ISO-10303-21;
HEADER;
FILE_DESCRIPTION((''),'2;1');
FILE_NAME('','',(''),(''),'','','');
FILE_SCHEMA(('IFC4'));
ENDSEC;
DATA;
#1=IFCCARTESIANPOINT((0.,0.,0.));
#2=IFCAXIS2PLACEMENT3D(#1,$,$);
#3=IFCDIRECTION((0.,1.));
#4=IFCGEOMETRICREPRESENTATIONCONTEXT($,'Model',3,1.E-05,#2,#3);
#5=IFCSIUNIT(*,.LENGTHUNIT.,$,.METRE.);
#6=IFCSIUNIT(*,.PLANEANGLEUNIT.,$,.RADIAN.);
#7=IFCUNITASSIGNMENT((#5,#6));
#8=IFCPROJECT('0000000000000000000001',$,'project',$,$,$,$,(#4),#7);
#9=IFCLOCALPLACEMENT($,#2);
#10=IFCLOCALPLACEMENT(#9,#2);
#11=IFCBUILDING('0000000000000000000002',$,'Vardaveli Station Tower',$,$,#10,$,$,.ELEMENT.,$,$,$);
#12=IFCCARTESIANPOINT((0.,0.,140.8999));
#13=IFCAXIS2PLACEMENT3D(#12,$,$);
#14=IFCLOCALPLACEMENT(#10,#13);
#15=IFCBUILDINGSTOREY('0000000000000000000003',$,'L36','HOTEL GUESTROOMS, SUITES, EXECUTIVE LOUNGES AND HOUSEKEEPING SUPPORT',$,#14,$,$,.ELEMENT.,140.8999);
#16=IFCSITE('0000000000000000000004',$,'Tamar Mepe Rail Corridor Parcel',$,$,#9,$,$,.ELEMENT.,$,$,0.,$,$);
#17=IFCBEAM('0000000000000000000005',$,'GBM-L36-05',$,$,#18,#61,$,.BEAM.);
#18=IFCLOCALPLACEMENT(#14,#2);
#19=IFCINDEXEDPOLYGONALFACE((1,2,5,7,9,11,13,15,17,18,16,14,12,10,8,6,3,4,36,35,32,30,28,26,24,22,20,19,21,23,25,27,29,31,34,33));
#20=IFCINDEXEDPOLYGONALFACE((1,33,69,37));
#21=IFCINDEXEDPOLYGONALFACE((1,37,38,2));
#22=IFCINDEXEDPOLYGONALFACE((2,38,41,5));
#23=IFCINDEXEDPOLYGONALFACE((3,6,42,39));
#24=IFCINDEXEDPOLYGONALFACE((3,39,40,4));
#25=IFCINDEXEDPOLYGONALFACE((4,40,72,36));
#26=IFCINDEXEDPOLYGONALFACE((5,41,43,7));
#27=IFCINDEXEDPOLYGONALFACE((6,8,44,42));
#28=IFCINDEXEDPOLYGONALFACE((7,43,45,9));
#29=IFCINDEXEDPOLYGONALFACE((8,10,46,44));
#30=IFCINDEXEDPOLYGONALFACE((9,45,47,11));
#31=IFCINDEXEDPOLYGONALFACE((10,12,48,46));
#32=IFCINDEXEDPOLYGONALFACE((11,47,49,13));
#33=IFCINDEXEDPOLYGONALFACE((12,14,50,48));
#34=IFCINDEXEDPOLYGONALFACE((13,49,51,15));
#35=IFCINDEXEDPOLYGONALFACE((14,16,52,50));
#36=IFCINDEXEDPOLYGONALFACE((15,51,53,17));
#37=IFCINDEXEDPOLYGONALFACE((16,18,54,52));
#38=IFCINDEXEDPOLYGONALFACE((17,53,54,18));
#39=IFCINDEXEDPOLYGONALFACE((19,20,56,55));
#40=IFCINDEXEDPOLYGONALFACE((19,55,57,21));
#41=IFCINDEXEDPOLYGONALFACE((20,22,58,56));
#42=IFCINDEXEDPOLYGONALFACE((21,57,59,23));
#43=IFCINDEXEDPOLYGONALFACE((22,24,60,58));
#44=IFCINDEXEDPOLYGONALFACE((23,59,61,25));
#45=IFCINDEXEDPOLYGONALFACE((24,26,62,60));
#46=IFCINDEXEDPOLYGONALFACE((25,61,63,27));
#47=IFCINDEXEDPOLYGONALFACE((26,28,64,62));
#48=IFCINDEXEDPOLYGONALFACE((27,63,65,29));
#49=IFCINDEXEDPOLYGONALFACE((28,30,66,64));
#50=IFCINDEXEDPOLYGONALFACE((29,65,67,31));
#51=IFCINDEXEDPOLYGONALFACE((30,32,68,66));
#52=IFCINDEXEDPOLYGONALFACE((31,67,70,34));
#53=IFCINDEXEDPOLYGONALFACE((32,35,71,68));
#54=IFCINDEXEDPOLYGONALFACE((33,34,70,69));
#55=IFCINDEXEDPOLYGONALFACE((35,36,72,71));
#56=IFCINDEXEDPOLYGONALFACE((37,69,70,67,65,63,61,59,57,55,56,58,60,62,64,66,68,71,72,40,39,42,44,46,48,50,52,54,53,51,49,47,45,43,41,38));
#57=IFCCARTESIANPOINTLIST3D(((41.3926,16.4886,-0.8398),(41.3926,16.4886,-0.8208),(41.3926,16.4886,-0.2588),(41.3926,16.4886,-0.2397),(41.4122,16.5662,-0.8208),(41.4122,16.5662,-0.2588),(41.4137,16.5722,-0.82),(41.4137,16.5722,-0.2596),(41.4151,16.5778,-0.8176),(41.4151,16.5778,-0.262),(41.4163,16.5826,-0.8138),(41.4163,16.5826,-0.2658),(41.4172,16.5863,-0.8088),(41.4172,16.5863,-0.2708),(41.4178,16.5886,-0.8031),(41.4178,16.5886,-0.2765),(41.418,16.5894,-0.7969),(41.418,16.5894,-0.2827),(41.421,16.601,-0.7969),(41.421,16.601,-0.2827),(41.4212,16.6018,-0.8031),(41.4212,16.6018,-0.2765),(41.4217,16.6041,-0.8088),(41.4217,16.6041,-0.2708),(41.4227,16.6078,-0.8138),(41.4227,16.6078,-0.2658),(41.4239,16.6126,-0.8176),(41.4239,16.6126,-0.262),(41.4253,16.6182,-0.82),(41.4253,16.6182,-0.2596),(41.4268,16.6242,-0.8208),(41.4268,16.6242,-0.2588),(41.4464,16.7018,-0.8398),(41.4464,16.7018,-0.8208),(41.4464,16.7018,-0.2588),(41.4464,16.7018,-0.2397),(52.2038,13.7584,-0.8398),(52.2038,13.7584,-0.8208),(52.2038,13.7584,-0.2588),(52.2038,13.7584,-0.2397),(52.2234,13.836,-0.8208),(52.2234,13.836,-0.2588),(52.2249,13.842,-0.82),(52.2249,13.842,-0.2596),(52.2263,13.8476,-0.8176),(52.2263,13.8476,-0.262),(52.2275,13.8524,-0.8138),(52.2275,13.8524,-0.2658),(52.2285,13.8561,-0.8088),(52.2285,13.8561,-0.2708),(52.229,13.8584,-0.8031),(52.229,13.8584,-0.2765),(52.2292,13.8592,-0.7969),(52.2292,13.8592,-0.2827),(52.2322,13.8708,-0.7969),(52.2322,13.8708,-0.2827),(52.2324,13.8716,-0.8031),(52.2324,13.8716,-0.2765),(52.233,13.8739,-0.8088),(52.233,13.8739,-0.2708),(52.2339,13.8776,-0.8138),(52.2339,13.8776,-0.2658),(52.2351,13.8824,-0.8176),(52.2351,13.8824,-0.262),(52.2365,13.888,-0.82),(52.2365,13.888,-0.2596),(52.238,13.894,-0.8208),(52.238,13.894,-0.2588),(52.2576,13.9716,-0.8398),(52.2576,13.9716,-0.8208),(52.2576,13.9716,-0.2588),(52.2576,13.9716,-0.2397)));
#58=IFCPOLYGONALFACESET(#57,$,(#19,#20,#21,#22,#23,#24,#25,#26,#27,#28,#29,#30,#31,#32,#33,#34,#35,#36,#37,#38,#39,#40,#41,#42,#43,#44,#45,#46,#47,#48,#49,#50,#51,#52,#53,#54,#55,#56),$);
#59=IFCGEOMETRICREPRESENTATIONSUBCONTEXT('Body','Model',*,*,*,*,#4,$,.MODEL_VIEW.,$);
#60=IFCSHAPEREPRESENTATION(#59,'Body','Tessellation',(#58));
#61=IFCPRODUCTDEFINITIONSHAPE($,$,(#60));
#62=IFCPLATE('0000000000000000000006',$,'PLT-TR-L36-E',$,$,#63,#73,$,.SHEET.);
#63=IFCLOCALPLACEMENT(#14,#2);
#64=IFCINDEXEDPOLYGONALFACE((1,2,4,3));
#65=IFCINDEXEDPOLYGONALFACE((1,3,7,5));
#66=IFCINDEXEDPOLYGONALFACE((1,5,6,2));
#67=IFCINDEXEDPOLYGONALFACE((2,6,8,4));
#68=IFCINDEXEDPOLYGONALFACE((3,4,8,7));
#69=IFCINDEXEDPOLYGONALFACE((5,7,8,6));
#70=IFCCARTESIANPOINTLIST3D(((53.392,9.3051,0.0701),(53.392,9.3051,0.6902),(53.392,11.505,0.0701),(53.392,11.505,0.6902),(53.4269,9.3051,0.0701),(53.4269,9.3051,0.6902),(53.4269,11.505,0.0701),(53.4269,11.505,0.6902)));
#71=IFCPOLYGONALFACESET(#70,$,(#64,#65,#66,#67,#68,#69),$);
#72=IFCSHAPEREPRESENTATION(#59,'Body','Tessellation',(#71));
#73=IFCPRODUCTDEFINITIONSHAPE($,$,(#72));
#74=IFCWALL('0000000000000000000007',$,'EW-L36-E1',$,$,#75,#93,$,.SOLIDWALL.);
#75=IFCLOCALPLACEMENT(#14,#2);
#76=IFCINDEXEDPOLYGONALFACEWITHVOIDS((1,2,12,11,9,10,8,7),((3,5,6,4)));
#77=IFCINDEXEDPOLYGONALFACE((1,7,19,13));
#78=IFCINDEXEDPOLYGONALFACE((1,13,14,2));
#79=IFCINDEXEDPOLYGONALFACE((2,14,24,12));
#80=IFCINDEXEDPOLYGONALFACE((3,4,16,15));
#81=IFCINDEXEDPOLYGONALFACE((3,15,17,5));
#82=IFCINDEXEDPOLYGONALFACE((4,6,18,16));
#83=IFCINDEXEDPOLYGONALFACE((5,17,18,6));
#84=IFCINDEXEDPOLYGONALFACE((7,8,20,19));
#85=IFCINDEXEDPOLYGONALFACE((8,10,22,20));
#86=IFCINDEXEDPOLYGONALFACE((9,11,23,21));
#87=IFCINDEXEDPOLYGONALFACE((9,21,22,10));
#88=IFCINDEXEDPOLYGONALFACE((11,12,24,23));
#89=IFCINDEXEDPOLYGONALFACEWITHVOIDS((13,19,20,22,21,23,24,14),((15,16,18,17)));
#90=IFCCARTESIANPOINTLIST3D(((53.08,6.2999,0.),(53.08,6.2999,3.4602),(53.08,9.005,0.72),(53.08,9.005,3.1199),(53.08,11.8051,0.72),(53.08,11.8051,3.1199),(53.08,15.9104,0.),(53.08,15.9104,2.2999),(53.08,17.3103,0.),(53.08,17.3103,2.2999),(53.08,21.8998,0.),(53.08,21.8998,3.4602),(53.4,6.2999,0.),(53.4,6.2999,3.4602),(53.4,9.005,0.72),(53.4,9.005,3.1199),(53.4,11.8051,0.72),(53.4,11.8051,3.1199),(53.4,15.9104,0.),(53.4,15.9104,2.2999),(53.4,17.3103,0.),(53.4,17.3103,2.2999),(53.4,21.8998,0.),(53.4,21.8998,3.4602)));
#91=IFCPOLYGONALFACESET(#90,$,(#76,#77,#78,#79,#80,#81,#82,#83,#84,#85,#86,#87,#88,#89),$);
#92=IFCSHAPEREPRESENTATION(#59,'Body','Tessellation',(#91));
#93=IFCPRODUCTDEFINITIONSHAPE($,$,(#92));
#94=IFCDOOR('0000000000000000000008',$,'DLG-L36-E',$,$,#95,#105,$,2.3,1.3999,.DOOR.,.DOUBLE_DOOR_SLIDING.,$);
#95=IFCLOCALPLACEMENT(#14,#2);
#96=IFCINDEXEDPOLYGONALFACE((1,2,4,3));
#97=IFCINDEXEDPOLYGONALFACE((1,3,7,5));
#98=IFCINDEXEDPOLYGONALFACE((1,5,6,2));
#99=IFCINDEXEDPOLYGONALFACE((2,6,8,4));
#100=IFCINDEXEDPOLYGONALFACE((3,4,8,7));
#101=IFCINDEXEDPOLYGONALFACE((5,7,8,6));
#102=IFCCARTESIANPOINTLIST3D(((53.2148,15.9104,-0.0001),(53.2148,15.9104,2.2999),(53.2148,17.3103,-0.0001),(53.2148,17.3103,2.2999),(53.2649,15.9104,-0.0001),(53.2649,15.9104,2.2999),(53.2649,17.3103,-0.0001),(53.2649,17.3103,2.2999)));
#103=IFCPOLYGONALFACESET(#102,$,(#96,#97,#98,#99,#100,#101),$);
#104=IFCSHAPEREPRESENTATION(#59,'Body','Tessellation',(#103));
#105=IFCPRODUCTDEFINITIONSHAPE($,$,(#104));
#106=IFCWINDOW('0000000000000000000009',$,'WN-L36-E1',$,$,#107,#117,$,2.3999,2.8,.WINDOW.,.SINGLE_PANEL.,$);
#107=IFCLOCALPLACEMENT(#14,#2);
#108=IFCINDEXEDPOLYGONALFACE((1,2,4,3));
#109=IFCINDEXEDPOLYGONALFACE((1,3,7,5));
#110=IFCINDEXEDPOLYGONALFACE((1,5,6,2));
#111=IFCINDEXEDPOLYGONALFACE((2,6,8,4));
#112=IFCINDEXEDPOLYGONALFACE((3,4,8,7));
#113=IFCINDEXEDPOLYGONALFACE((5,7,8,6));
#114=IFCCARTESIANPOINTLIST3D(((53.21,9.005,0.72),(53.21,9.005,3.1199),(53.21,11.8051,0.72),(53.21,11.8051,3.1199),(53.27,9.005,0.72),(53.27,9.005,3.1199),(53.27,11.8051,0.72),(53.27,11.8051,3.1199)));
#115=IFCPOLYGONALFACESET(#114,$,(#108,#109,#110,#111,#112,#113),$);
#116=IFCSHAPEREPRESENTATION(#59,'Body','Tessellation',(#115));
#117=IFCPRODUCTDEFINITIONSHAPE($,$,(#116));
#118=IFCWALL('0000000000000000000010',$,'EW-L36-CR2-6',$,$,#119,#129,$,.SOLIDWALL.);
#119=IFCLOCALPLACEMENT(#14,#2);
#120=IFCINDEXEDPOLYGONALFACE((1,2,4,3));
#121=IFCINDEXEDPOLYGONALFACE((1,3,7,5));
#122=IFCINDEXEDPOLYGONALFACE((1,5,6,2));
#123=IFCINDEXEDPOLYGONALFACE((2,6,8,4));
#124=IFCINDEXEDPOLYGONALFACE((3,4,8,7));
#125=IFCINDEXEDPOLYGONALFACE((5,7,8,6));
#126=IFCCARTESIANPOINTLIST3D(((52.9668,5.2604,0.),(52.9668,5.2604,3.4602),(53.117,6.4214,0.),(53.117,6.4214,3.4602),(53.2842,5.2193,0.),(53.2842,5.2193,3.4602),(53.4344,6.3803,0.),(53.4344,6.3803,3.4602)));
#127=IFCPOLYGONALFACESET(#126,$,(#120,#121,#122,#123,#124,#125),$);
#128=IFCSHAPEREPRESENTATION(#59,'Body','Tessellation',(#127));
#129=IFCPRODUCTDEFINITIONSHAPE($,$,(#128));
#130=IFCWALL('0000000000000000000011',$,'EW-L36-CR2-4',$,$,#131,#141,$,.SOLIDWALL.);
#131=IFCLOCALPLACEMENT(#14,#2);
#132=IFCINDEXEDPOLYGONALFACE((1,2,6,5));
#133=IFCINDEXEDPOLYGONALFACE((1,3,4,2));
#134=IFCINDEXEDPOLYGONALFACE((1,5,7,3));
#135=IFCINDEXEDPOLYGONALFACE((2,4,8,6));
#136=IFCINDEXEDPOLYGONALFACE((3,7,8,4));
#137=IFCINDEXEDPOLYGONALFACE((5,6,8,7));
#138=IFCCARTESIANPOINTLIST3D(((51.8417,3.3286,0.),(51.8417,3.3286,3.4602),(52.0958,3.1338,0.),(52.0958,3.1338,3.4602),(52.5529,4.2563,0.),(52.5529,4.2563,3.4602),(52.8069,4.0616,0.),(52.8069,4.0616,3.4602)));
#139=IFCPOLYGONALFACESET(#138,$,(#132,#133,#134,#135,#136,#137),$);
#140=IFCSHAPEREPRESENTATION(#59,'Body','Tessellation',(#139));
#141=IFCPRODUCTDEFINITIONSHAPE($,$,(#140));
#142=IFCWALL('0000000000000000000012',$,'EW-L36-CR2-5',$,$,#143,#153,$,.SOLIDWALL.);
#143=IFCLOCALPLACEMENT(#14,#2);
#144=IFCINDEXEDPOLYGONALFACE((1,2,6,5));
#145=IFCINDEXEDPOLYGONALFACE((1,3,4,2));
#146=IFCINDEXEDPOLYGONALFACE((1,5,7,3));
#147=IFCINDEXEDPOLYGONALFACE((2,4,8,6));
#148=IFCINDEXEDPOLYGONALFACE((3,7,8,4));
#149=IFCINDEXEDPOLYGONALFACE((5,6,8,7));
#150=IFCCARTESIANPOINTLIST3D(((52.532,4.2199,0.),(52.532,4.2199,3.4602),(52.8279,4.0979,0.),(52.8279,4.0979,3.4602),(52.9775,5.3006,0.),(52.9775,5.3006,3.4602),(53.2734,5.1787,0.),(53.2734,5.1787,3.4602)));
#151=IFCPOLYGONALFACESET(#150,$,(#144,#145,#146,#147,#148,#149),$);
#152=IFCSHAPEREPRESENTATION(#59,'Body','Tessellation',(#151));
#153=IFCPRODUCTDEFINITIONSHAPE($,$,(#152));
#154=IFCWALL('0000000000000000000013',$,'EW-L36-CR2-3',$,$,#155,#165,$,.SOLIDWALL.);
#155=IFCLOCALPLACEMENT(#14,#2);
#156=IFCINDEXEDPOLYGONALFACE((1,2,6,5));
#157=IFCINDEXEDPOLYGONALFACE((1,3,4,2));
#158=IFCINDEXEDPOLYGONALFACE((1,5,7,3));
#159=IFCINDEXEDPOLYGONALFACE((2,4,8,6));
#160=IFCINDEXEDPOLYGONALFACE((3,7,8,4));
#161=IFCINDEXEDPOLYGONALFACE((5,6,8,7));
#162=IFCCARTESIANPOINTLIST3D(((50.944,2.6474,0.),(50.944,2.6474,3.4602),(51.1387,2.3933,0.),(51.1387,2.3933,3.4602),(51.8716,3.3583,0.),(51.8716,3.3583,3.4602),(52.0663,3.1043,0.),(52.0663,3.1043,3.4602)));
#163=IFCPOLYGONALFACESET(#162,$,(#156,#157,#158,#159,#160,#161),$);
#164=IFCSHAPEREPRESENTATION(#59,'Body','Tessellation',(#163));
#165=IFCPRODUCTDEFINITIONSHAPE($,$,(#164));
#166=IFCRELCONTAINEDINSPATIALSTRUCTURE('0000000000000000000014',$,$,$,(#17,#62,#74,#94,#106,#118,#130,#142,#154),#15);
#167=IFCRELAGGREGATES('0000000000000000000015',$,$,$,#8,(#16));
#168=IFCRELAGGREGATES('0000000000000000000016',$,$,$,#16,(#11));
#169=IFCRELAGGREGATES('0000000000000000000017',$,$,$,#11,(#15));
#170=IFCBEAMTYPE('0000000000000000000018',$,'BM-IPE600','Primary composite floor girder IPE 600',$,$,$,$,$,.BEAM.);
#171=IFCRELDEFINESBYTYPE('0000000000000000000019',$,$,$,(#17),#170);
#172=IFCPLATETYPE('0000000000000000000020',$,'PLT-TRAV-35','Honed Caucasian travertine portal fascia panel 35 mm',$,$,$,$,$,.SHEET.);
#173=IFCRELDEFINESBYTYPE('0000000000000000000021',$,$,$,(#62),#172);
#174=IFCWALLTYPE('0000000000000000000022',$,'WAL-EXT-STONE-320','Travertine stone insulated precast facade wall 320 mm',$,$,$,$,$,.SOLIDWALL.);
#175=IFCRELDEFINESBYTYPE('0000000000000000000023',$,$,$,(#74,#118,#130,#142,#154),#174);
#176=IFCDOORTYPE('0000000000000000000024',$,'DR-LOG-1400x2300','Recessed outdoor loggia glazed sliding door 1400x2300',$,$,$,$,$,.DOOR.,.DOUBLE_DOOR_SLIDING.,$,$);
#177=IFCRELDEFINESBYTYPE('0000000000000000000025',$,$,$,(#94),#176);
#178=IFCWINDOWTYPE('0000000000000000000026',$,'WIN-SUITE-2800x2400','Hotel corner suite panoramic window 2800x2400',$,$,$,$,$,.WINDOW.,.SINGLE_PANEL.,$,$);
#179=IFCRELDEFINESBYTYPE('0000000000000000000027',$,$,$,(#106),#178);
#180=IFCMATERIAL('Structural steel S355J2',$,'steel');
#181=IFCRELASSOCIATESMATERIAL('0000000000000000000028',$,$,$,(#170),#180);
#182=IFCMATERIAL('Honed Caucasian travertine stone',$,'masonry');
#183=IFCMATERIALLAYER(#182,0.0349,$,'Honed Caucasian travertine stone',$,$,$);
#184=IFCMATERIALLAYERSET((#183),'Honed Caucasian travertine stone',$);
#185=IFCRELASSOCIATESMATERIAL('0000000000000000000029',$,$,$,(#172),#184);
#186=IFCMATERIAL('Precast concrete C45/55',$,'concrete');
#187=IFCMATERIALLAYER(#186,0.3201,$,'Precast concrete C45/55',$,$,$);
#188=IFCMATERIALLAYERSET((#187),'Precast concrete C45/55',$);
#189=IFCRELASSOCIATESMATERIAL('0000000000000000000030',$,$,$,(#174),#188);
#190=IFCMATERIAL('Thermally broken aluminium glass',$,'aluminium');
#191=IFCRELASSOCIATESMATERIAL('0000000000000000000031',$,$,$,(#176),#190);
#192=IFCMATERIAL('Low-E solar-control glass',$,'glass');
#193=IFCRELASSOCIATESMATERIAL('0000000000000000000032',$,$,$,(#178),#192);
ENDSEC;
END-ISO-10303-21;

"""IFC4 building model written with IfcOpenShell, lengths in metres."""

from ifc_helpers import new_model, si_unit, direction, frame, frame_2d, origin, origin_2d, place, context, subcontext, project, spatial, rectangle, i_section, extrude, source, transform, mapped, material, layer, layer_set, material_profile, profile_set, type_object, element, fill, save


model = new_model("IFC4")

# Units and contexts
model_context = context("Model", 3, precision=1e-05, world=origin(), true_north=direction((0.0, 1.0)))
body_context = subcontext(model_context, "Body", "Model", "MODEL_VIEW")
ifc_project = project(units=[si_unit("LENGTHUNIT", "METRE"), si_unit("PLANEANGLEUNIT", "RADIAN")], contexts=[model_context])

# Site, building, storey
site_placement = place(None, origin())
site = spatial("IfcSite", under=ifc_project, at=site_placement, Name="Tamar Mepe Rail Corridor Parcel", CompositionType="ELEMENT", RefElevation=0.0)
building_placement = place(site_placement, origin())
building = spatial("IfcBuilding", under=site, at=building_placement, Name="Vardaveli Station Tower", CompositionType="ELEMENT")
storey_placement = place(building_placement, frame((0.0, 0.0, 140.8999)))
storey = spatial("IfcBuildingStorey", under=building, at=storey_placement, Name="L36", Description="HOTEL GUESTROOMS, SUITES, EXECUTIVE LOUNGES AND HOUSEKEEPING SUPPORT", CompositionType="ELEMENT", Elevation=140.8999)

# Beam
ifc_material_1 = material(Name="Precast concrete C45/55", Category="concrete")
ifc_material_2 = material(Name="Structural steel S355J2", Category="steel")
ifc_material_profile_1 = material_profile(ifc_material_2, i_section(OverallWidth=0.22, OverallDepth=0.6001, WebThickness=0.012, FlangeThickness=0.019, FilletRadius=0.0239, at=origin_2d()), Name="IPE 600")
ifc_profile_set_1 = profile_set([ifc_material_profile_1], Name="Structural steel S355J2")
beam_type_1 = type_object("IfcBeamType", Name="BM-IPE600", Description="Primary composite floor girder IPE 600", PredefinedType="BEAM", material=ifc_profile_set_1)
shared_shape_1 = source(origin(), body_context, "Body", "SweptSolid", [
    extrude(i_section(OverallWidth=0.22, OverallDepth=0.6001, WebThickness=0.012, FlangeThickness=0.019, FilletRadius=0.0239, at=origin_2d()), origin(), (0.0, 0.0, 1.0), 11.1506),
])
beam_1_placement = place(storey_placement, frame((52.2307, 13.865, -0.5398), z_axis=(-0.969561, 0.244848, 0.0), x_axis=(-0.244848, -0.969561, 0.0)))
element("IfcBeam", 1, at=beam_1_placement, inside=storey, type_object=beam_type_1, Name="GBM-L36-05", PredefinedType="BEAM", context=body_context, shape_type="MappedRepresentation", body=[
    mapped(shared_shape_1, transform((0.0, 0.0, 0.0), scale=1.0)),
])

# Plate
ifc_material_3 = material(Name="Honed Caucasian travertine stone", Category="masonry")
ifc_layer_1 = layer(ifc_material_3, 0.0349, Name="Honed Caucasian travertine stone")
ifc_layer_set_1 = layer_set([ifc_layer_1], Name="Honed Caucasian travertine stone")
plate_type = type_object("IfcPlateType", Name="PLT-TRAV-35", Description="Honed Caucasian travertine portal fascia panel 35 mm", PredefinedType="SHEET", material=ifc_layer_set_1)
shared_shape_2 = source(origin(), body_context, "Body", "SweptSolid", [
    extrude(rectangle(XDim=2.2, YDim=0.0349, at=origin_2d()), origin(), (0.0, 0.0, 1.0), 0.6201),
])
plate_placement = place(storey_placement, frame((53.4094, 10.405, 0.0701), z_axis=(0.0, 0.0, 1.0), x_axis=(0.0, 1.0, 0.0)))
element("IfcPlate", 2, at=plate_placement, inside=storey, type_object=plate_type, Name="PLT-TR-L36-E", PredefinedType="SHEET", context=body_context, shape_type="MappedRepresentation", body=[
    mapped(shared_shape_2, transform((0.0, 0.0, 0.0), scale=1.0)),
])

# Wall, openings, door, window
ifc_layer_2 = layer(ifc_material_1, 0.3201, Name="Precast concrete C45/55")
ifc_layer_set_2 = layer_set([ifc_layer_2], Name="Precast concrete C45/55")
wall_type_1 = type_object("IfcWallType", Name="WAL-EXT-STONE-320", Description="Travertine stone insulated precast facade wall 320 mm", PredefinedType="SOLIDWALL", material=ifc_layer_set_2)
shared_shape_3 = source(origin(), body_context, "Body", "SweptSolid", [
    extrude(rectangle(XDim=15.5999, YDim=0.3201, at=frame_2d((7.7998, 0.0))), origin(), (0.0, 0.0, 1.0), 3.4602),
])
wall_1_placement = place(storey_placement, frame((53.24, 6.3, 0.0), z_axis=(0.0, 0.0, 1.0), x_axis=(0.0, 1.0, 0.0)))
wall_1 = element("IfcWall", 3, at=wall_1_placement, inside=storey, type_object=wall_type_1, Name="EW-L36-E1", PredefinedType="SOLIDWALL", context=body_context, shape_type="MappedRepresentation", body=[
    mapped(shared_shape_3, transform((0.0, 0.0, 0.0), scale=1.0)),
])
shared_shape_4 = source(origin(), body_context, "Body", "SweptSolid", [
    extrude(rectangle(XDim=1.3999, YDim=2.3, at=frame_2d((0.7, 1.1499))), frame((0.0, 0.1699, 0.0), z_axis=(0.0, -1.0, 0.0), x_axis=(1.0, 0.0, 0.0)), (0.0, 0.0, 1.0), 0.3401),
])
opening_1_placement = place(wall_1_placement, frame((9.6104, 0.0, 0.0)))
opening_1 = element("IfcOpeningElement", 4, at=opening_1_placement, cuts=wall_1, PredefinedType="OPENING", context=body_context, shape_type="MappedRepresentation", body=[
    mapped(shared_shape_4, transform((0.0, 0.0, 0.0), scale=1.0)),
])
shared_shape_5 = source(origin(), body_context, "Body", "SweptSolid", [
    extrude(rectangle(XDim=2.8, YDim=2.3999, at=frame_2d((1.3999, 1.2))), frame((0.0, 0.1699, 0.0), z_axis=(0.0, -1.0, 0.0), x_axis=(1.0, 0.0, 0.0)), (0.0, 0.0, 1.0), 0.3401),
])
opening_2_placement = place(wall_1_placement, frame((2.7051, 0.0, 0.72)))
opening_2 = element("IfcOpeningElement", 5, at=opening_2_placement, cuts=wall_1, PredefinedType="OPENING", context=body_context, shape_type="MappedRepresentation", body=[
    mapped(shared_shape_5, transform((0.0, 0.0, 0.0), scale=1.0)),
])
ifc_material_4 = material(Name="Thermally broken aluminium glass", Category="aluminium")
door_type_1 = type_object("IfcDoorType", Name="DR-LOG-1400x2300", Description="Recessed outdoor loggia glazed sliding door 1400x2300", OperationType="DOUBLE_DOOR_SLIDING", PredefinedType="DOOR", material=ifc_material_4)
shared_shape_6 = source(origin(), body_context, "Body", "SweptSolid", [
    extrude(rectangle(XDim=1.3999, YDim=2.3, at=frame_2d((0.7, 1.1499))), frame((0.0, 0.0249, 0.0), z_axis=(0.0, -1.0, 0.0), x_axis=(1.0, 0.0, 0.0)), (0.0, 0.0, 1.0), 0.05),
])
door_1_placement = place(opening_1_placement, frame((1.3999, 0.0, 0.0), z_axis=(0.0, 0.0, 1.0), x_axis=(-1.0, 0.0, 0.0)))
door_1 = element("IfcDoor", 6, at=door_1_placement, inside=storey, type_object=door_type_1, Name="DLG-L36-E", OperationType="DOUBLE_DOOR_SLIDING", OverallHeight=2.3, OverallWidth=1.3999, PredefinedType="DOOR", context=body_context, shape_type="MappedRepresentation", body=[
    mapped(shared_shape_6, transform((0.0, 0.0, 0.0), scale=1.0)),
])
fill(opening_1, door_1)
ifc_material_5 = material(Name="Low-E solar-control glass", Category="glass")
window_type = type_object("IfcWindowType", Name="WIN-SUITE-2800x2400", Description="Hotel corner suite panoramic window 2800x2400", PartitioningType="SINGLE_PANEL", PredefinedType="WINDOW", material=ifc_material_5)
shared_shape_7 = source(origin(), body_context, "Body", "SweptSolid", [
    extrude(rectangle(XDim=2.8, YDim=2.3999, at=frame_2d((1.3999, 1.2))), frame((0.0, 0.03, 0.0), z_axis=(0.0, -1.0, 0.0), x_axis=(1.0, 0.0, 0.0)), (0.0, 0.0, 1.0), 0.0601),
])
window_placement = place(opening_2_placement, origin())
window = element("IfcWindow", 7, at=window_placement, inside=storey, type_object=window_type, Name="WN-L36-E1", OverallHeight=2.3999, OverallWidth=2.8, PartitioningType="SINGLE_PANEL", PredefinedType="WINDOW", context=body_context, shape_type="MappedRepresentation", body=[
    mapped(shared_shape_7, transform((0.0, 0.0, 0.0), scale=1.0)),
])
fill(opening_2, window)

# Walls
shared_shape_8 = source(origin(), body_context, "Body", "SweptSolid", [
    extrude(rectangle(XDim=1.1707, YDim=0.3201, at=frame_2d((0.5854, 0.0))), origin(), (0.0, 0.0, 1.0), 3.4602),
])
wall_2_placement = place(storey_placement, frame((53.1255, 5.2397, 0.0), z_axis=(0.0, 0.0, 1.0), x_axis=(0.128269, 0.991739, 0.0)))
element("IfcWall", 8, at=wall_2_placement, inside=storey, type_object=wall_type_1, Name="EW-L36-CR2-6", PredefinedType="SOLIDWALL", context=body_context, shape_type="MappedRepresentation", body=[
    mapped(shared_shape_8, transform((0.0, 0.0, 0.0), scale=1.0)),
])
shared_shape_9 = source(origin(), body_context, "Body", "SweptSolid", [
    extrude(rectangle(XDim=1.1689, YDim=0.3201, at=frame_2d((0.5845, 0.0))), origin(), (0.0, 0.0, 1.0), 3.4602),
])
for number, where, z_axis, x_axis, name in (
    (9, (51.9688, 3.2312, 0.0), (0.0, 0.0, 1.0), (0.608388, 0.79364, 0.0), "EW-L36-CR2-4"),
    (10, (52.6799, 4.1589, 0.0), (0.0, 0.0, 1.0), (0.381128, 0.924522, 0.0), "EW-L36-CR2-5"),
):
    element("IfcWall", number, at=place(storey_placement, frame(where, z_axis=z_axis, x_axis=x_axis)), inside=storey, type_object=wall_type_1, Name=name, PredefinedType="SOLIDWALL", context=body_context, shape_type="MappedRepresentation", body=[
        mapped(shared_shape_9, transform((0.0, 0.0, 0.0), scale=1.0)),
    ])
shared_shape_10 = source(origin(), body_context, "Body", "SweptSolid", [
    extrude(rectangle(XDim=1.1687, YDim=0.3201, at=frame_2d((0.5845, 0.0))), origin(), (0.0, 0.0, 1.0), 3.4602),
])
wall_3_placement = place(storey_placement, frame((51.0413, 2.5203, 0.0), z_axis=(0.0, 0.0, 1.0), x_axis=(0.793664, 0.608357, 0.0)))
element("IfcWall", 11, at=wall_3_placement, inside=storey, type_object=wall_type_1, Name="EW-L36-CR2-3", PredefinedType="SOLIDWALL", context=body_context, shape_type="MappedRepresentation", body=[
    mapped(shared_shape_10, transform((0.0, 0.0, 0.0), scale=1.0)),
])

save(model, "model.ifc")
